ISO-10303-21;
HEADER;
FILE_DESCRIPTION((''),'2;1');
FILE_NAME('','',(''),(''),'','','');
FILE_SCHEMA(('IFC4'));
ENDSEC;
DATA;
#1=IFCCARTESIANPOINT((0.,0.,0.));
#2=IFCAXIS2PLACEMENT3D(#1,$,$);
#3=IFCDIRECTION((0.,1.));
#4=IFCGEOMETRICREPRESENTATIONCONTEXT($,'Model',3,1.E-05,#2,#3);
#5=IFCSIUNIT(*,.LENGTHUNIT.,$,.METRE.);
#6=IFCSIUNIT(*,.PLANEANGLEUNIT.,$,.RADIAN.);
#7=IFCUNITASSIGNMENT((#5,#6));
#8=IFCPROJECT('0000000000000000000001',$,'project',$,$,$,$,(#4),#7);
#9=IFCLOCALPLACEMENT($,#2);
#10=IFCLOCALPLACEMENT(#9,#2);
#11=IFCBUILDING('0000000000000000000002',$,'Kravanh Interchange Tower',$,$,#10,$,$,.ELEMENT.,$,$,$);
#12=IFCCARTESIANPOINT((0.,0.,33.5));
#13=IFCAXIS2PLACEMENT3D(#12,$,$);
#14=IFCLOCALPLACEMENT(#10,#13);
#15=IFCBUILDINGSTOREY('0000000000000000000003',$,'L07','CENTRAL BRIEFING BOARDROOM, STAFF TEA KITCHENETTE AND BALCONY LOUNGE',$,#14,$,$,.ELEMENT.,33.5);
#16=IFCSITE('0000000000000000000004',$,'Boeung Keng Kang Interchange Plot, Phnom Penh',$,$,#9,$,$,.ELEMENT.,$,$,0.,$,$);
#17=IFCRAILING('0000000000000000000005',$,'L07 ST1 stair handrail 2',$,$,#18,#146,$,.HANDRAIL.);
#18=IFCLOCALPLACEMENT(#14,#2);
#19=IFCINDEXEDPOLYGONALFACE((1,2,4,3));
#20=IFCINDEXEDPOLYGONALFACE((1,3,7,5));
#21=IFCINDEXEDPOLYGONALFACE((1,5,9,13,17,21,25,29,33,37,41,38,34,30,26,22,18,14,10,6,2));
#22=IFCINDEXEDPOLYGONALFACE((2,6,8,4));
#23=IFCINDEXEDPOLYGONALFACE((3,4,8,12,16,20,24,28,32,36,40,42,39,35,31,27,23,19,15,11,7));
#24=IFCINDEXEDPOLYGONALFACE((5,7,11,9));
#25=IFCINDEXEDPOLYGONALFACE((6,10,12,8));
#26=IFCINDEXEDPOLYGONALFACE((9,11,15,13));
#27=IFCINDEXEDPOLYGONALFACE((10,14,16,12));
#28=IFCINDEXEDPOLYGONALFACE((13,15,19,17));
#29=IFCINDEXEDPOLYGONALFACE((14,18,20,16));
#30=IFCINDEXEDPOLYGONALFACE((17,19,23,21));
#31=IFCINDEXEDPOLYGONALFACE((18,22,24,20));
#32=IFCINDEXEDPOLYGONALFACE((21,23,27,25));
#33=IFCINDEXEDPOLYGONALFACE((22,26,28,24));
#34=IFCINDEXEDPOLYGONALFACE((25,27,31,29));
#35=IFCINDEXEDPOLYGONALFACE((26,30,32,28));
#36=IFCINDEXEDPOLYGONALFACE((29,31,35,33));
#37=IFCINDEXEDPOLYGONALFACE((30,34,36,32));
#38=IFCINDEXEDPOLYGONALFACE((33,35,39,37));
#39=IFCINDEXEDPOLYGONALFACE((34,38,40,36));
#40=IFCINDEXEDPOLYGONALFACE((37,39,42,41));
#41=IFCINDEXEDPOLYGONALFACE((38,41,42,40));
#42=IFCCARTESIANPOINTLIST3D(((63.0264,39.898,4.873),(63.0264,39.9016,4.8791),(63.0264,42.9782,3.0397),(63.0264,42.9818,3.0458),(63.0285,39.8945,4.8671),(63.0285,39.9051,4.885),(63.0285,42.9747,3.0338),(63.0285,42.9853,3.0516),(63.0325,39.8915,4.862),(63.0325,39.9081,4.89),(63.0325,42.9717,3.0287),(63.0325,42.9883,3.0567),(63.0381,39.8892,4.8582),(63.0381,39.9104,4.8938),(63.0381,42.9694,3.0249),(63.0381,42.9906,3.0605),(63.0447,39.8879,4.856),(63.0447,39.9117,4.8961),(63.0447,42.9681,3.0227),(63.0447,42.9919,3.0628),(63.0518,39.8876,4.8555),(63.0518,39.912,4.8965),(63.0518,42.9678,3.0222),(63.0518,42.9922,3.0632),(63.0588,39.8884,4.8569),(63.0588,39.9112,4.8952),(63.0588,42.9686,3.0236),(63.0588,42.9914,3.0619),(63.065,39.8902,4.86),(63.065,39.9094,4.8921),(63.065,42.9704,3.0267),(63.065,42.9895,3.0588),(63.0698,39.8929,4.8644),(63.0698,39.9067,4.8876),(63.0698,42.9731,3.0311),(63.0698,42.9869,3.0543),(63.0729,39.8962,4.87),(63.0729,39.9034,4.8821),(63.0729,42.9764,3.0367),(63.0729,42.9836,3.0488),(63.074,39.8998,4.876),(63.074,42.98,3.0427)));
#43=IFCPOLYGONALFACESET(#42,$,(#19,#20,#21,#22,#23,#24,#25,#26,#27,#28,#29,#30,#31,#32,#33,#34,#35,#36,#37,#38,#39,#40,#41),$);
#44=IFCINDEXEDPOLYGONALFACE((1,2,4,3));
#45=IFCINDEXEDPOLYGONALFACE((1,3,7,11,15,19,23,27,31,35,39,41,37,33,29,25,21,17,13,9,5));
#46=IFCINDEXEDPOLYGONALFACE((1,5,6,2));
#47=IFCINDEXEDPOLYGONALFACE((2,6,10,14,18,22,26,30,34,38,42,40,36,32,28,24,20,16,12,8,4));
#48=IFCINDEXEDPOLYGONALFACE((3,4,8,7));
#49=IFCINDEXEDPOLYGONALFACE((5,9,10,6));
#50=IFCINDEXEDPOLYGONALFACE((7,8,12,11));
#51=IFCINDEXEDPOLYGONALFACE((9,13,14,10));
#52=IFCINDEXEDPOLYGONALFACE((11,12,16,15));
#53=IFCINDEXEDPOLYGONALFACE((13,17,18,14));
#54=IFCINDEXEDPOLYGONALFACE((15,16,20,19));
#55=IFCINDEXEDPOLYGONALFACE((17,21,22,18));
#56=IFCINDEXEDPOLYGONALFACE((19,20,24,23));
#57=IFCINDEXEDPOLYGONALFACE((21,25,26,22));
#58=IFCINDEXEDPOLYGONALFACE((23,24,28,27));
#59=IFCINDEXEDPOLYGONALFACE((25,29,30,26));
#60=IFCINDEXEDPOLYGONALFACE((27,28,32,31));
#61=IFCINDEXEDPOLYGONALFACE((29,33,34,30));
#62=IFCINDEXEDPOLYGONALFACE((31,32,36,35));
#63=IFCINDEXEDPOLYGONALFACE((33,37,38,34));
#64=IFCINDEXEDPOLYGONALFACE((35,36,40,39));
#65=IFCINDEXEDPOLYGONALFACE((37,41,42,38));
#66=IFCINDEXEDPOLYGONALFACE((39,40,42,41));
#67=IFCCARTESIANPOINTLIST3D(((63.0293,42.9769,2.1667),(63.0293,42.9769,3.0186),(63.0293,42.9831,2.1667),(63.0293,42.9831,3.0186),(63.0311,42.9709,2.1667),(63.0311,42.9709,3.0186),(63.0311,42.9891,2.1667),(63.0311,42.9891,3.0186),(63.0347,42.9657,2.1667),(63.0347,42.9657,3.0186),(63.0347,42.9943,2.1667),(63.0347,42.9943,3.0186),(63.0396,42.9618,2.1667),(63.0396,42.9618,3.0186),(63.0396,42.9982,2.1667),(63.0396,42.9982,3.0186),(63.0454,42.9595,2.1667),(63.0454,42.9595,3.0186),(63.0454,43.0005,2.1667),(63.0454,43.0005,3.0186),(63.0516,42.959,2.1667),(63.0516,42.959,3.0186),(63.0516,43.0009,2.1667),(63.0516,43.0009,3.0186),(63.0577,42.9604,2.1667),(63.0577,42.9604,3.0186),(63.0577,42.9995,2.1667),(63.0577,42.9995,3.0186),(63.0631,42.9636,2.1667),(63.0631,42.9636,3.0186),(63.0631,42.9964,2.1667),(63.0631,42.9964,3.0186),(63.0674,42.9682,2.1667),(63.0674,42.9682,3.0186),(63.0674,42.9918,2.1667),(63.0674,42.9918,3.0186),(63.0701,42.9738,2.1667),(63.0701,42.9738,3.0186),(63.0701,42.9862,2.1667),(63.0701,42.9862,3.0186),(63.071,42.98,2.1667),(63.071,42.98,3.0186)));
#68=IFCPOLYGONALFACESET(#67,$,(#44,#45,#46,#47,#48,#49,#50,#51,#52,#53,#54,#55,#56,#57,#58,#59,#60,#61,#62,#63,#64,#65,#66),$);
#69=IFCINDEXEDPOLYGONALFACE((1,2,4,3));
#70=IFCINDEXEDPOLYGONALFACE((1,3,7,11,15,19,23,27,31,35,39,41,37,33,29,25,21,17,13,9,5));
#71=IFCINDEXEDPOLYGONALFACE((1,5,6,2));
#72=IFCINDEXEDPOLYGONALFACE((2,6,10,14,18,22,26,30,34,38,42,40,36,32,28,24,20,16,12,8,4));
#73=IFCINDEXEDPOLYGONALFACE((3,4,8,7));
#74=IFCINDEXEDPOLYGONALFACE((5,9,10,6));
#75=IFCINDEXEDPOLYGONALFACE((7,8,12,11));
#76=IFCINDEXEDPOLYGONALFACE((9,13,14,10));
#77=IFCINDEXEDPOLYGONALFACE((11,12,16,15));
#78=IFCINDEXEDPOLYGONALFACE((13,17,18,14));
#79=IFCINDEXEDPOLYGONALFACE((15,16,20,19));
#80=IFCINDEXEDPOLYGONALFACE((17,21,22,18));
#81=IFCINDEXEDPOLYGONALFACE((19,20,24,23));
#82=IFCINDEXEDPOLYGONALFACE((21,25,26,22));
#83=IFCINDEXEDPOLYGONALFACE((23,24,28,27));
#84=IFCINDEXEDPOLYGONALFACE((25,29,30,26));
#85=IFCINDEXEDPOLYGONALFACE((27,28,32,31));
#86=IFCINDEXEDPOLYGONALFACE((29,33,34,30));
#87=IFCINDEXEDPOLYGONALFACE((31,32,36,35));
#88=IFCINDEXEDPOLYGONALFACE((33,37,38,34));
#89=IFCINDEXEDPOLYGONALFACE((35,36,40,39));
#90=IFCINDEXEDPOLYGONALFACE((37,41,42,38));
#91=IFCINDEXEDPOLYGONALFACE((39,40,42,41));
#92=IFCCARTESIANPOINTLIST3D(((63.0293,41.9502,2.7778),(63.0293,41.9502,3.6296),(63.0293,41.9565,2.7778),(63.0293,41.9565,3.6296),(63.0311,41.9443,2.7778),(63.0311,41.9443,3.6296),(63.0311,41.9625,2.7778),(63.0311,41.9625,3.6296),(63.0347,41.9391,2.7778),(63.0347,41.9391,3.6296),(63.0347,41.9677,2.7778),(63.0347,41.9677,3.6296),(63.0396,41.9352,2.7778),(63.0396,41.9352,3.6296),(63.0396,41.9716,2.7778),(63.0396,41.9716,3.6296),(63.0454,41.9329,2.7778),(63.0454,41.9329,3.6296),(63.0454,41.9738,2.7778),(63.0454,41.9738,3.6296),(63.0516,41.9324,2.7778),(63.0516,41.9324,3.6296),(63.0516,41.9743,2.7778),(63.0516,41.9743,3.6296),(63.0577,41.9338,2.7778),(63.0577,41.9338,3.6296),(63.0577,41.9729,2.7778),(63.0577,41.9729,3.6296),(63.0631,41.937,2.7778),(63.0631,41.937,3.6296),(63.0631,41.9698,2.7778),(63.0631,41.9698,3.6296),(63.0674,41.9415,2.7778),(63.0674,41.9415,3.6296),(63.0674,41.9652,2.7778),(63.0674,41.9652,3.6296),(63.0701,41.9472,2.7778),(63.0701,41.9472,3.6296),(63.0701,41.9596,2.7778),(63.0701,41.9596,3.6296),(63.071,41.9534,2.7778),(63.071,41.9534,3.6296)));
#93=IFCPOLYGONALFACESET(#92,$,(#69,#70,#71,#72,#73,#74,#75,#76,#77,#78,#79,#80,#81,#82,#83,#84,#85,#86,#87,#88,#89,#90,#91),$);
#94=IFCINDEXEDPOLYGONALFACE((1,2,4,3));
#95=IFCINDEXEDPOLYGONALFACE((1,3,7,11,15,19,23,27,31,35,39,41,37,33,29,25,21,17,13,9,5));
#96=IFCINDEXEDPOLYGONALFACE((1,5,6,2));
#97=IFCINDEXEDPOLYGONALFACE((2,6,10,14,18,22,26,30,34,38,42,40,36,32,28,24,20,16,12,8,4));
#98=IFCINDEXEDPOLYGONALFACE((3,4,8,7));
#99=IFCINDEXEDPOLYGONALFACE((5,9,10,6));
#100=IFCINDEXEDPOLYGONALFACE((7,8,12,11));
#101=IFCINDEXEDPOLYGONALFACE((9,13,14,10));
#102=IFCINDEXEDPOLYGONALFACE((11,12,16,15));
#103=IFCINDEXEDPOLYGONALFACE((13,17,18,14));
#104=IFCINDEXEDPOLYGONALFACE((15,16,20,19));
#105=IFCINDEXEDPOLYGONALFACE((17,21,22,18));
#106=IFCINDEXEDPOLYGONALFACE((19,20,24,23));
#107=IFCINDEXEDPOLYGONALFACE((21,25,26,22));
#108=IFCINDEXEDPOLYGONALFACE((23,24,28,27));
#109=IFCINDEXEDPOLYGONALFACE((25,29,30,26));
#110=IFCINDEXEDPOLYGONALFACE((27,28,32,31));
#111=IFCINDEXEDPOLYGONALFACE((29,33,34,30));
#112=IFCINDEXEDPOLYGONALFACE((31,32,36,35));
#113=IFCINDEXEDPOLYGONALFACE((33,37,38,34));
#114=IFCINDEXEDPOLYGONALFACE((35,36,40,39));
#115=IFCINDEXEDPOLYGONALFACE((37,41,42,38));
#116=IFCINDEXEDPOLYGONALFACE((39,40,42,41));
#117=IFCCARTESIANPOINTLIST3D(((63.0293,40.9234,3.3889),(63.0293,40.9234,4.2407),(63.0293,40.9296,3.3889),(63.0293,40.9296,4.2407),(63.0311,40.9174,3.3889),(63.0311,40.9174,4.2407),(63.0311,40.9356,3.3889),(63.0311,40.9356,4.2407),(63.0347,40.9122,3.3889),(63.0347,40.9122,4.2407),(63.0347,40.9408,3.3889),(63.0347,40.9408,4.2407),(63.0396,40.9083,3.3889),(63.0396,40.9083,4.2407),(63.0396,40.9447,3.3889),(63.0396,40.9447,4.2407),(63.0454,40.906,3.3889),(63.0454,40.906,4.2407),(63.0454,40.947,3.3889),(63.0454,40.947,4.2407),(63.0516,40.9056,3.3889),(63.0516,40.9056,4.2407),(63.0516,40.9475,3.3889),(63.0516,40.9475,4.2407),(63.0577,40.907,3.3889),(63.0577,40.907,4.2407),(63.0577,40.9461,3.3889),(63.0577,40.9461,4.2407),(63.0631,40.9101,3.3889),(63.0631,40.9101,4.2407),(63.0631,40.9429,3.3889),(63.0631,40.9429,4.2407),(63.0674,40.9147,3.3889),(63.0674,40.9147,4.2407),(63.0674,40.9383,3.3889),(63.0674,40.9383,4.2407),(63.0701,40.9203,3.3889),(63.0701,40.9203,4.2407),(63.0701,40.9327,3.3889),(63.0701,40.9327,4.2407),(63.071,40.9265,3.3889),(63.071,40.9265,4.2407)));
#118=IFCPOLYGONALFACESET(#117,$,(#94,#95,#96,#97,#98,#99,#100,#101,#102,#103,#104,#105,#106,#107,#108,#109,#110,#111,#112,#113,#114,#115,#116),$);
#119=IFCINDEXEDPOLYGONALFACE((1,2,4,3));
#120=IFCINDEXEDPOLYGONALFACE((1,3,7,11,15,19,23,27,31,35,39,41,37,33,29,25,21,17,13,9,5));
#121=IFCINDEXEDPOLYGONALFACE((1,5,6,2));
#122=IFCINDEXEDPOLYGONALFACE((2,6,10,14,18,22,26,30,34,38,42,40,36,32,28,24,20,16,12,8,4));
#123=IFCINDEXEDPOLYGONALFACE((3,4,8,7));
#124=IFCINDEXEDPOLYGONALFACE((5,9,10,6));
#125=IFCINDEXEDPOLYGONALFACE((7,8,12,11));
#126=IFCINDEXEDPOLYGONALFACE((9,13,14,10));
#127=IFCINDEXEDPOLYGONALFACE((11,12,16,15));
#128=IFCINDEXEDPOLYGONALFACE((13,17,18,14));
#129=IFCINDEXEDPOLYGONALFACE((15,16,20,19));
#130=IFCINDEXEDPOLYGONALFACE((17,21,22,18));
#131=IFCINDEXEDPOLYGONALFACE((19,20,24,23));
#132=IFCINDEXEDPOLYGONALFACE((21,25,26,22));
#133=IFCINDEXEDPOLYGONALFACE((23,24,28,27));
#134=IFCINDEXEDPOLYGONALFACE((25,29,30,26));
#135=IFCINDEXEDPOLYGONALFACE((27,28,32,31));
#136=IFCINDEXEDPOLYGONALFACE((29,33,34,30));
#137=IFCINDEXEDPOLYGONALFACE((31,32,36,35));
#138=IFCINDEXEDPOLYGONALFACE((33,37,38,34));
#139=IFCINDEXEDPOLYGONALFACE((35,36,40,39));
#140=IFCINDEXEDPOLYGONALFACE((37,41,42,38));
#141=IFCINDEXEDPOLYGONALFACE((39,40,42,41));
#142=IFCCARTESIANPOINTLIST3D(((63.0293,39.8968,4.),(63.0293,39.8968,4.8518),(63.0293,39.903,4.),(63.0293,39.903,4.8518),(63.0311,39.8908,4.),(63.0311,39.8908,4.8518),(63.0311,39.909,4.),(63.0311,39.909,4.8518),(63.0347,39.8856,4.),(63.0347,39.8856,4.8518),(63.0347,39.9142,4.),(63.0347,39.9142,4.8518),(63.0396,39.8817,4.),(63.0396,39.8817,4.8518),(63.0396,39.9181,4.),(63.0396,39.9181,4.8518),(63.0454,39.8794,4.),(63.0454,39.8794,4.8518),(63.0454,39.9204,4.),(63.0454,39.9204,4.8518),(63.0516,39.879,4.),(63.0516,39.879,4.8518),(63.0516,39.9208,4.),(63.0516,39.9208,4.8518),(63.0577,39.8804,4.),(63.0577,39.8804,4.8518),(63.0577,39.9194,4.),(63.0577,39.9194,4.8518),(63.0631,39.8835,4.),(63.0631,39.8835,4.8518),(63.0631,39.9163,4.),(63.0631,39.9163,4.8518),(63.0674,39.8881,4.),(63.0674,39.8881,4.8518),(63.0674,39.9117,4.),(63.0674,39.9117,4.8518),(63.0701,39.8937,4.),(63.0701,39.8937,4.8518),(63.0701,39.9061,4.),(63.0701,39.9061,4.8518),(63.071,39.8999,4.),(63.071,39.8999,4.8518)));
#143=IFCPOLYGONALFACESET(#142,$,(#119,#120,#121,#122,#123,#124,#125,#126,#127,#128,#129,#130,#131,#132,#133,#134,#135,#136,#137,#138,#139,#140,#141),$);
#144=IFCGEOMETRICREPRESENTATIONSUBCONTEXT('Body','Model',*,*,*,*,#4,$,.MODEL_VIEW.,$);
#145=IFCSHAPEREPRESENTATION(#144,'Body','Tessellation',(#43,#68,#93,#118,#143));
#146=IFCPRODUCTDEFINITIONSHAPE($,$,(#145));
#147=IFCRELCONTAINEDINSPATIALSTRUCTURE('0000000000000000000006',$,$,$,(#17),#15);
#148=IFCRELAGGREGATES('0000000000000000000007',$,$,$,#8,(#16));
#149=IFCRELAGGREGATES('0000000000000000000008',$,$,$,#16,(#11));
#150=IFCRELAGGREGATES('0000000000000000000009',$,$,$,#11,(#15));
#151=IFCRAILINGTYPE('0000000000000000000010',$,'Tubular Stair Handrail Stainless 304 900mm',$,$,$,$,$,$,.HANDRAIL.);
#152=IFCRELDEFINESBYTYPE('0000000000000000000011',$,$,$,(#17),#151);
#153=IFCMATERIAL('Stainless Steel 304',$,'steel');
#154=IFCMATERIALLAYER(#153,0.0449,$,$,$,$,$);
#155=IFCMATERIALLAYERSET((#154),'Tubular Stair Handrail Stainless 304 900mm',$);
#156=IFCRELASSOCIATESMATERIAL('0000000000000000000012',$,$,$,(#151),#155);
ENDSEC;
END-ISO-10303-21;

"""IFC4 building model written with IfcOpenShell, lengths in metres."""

from ifc_helpers import new_model, si_unit, direction, frame, origin, origin_2d, place, context, subcontext, project, spatial, circle, extrude, material, layer, layer_set, type_object, element, save


model = new_model("IFC4")

# Units and contexts
model_context = context("Model", 3, precision=1e-05, world=origin(), true_north=direction((0.0, 1.0)))
body_context = subcontext(model_context, "Body", "Model", "MODEL_VIEW")
ifc_project = project(units=[si_unit("LENGTHUNIT", "METRE"), si_unit("PLANEANGLEUNIT", "RADIAN")], contexts=[model_context])

# Site, building, storey
site_placement = place(None, origin())
site = spatial("IfcSite", under=ifc_project, at=site_placement, Name="Boeung Keng Kang Interchange Plot, Phnom Penh", CompositionType="ELEMENT", RefElevation=0.0)
building_placement = place(site_placement, origin())
building = spatial("IfcBuilding", under=site, at=building_placement, Name="Kravanh Interchange Tower", CompositionType="ELEMENT")
storey_placement = place(building_placement, frame((0.0, 0.0, 33.5)))
storey = spatial("IfcBuildingStorey", under=building, at=storey_placement, Name="L07", Description="CENTRAL BRIEFING BOARDROOM, STAFF TEA KITCHENETTE AND BALCONY LOUNGE", CompositionType="ELEMENT", Elevation=33.5)

# Railing
ifc_material_1 = material(Name="Stainless Steel 304", Category="steel")
ifc_layer_1 = layer(ifc_material_1, 0.0449)
ifc_layer_set_1 = layer_set([ifc_layer_1], Name="Tubular Stair Handrail Stainless 304 900mm")
railing_type_1 = type_object("IfcRailingType", Name="Tubular Stair Handrail Stainless 304 900mm", PredefinedType="HANDRAIL", material=ifc_layer_set_1)
railing_1_placement = place(storey_placement, frame((63.05, 42.98, 2.1667)))
element("IfcRailing", 1, at=railing_1_placement, inside=storey, type_object=railing_type_1, Name="L07 ST1 stair handrail 2", PredefinedType="HANDRAIL", context=body_context, shape_type="SweptSolid", body=[
    extrude(circle(Radius=0.0239, at=origin_2d()), frame((0.0, 0.0, 0.876), z_axis=(0.0, -0.859309, 0.511458), x_axis=(1.0, 0.0, 0.0)), (0.0, 0.0, 1.0), 3.5845),
    extrude(circle(Radius=0.021, at=origin_2d()), origin(), (0.0, 0.0, 1.0), 0.8518),
    extrude(circle(Radius=0.021, at=origin_2d()), frame((0.0, -1.0266, 0.6111)), (0.0, 0.0, 1.0), 0.8518),
    extrude(circle(Radius=0.021, at=origin_2d()), frame((0.0, -2.0535, 1.2222)), (0.0, 0.0, 1.0), 0.8518),
    extrude(circle(Radius=0.021, at=origin_2d()), frame((0.0, -3.0801, 1.8333)), (0.0, 0.0, 1.0), 0.8518),
])

save(model, "model.ifc")
